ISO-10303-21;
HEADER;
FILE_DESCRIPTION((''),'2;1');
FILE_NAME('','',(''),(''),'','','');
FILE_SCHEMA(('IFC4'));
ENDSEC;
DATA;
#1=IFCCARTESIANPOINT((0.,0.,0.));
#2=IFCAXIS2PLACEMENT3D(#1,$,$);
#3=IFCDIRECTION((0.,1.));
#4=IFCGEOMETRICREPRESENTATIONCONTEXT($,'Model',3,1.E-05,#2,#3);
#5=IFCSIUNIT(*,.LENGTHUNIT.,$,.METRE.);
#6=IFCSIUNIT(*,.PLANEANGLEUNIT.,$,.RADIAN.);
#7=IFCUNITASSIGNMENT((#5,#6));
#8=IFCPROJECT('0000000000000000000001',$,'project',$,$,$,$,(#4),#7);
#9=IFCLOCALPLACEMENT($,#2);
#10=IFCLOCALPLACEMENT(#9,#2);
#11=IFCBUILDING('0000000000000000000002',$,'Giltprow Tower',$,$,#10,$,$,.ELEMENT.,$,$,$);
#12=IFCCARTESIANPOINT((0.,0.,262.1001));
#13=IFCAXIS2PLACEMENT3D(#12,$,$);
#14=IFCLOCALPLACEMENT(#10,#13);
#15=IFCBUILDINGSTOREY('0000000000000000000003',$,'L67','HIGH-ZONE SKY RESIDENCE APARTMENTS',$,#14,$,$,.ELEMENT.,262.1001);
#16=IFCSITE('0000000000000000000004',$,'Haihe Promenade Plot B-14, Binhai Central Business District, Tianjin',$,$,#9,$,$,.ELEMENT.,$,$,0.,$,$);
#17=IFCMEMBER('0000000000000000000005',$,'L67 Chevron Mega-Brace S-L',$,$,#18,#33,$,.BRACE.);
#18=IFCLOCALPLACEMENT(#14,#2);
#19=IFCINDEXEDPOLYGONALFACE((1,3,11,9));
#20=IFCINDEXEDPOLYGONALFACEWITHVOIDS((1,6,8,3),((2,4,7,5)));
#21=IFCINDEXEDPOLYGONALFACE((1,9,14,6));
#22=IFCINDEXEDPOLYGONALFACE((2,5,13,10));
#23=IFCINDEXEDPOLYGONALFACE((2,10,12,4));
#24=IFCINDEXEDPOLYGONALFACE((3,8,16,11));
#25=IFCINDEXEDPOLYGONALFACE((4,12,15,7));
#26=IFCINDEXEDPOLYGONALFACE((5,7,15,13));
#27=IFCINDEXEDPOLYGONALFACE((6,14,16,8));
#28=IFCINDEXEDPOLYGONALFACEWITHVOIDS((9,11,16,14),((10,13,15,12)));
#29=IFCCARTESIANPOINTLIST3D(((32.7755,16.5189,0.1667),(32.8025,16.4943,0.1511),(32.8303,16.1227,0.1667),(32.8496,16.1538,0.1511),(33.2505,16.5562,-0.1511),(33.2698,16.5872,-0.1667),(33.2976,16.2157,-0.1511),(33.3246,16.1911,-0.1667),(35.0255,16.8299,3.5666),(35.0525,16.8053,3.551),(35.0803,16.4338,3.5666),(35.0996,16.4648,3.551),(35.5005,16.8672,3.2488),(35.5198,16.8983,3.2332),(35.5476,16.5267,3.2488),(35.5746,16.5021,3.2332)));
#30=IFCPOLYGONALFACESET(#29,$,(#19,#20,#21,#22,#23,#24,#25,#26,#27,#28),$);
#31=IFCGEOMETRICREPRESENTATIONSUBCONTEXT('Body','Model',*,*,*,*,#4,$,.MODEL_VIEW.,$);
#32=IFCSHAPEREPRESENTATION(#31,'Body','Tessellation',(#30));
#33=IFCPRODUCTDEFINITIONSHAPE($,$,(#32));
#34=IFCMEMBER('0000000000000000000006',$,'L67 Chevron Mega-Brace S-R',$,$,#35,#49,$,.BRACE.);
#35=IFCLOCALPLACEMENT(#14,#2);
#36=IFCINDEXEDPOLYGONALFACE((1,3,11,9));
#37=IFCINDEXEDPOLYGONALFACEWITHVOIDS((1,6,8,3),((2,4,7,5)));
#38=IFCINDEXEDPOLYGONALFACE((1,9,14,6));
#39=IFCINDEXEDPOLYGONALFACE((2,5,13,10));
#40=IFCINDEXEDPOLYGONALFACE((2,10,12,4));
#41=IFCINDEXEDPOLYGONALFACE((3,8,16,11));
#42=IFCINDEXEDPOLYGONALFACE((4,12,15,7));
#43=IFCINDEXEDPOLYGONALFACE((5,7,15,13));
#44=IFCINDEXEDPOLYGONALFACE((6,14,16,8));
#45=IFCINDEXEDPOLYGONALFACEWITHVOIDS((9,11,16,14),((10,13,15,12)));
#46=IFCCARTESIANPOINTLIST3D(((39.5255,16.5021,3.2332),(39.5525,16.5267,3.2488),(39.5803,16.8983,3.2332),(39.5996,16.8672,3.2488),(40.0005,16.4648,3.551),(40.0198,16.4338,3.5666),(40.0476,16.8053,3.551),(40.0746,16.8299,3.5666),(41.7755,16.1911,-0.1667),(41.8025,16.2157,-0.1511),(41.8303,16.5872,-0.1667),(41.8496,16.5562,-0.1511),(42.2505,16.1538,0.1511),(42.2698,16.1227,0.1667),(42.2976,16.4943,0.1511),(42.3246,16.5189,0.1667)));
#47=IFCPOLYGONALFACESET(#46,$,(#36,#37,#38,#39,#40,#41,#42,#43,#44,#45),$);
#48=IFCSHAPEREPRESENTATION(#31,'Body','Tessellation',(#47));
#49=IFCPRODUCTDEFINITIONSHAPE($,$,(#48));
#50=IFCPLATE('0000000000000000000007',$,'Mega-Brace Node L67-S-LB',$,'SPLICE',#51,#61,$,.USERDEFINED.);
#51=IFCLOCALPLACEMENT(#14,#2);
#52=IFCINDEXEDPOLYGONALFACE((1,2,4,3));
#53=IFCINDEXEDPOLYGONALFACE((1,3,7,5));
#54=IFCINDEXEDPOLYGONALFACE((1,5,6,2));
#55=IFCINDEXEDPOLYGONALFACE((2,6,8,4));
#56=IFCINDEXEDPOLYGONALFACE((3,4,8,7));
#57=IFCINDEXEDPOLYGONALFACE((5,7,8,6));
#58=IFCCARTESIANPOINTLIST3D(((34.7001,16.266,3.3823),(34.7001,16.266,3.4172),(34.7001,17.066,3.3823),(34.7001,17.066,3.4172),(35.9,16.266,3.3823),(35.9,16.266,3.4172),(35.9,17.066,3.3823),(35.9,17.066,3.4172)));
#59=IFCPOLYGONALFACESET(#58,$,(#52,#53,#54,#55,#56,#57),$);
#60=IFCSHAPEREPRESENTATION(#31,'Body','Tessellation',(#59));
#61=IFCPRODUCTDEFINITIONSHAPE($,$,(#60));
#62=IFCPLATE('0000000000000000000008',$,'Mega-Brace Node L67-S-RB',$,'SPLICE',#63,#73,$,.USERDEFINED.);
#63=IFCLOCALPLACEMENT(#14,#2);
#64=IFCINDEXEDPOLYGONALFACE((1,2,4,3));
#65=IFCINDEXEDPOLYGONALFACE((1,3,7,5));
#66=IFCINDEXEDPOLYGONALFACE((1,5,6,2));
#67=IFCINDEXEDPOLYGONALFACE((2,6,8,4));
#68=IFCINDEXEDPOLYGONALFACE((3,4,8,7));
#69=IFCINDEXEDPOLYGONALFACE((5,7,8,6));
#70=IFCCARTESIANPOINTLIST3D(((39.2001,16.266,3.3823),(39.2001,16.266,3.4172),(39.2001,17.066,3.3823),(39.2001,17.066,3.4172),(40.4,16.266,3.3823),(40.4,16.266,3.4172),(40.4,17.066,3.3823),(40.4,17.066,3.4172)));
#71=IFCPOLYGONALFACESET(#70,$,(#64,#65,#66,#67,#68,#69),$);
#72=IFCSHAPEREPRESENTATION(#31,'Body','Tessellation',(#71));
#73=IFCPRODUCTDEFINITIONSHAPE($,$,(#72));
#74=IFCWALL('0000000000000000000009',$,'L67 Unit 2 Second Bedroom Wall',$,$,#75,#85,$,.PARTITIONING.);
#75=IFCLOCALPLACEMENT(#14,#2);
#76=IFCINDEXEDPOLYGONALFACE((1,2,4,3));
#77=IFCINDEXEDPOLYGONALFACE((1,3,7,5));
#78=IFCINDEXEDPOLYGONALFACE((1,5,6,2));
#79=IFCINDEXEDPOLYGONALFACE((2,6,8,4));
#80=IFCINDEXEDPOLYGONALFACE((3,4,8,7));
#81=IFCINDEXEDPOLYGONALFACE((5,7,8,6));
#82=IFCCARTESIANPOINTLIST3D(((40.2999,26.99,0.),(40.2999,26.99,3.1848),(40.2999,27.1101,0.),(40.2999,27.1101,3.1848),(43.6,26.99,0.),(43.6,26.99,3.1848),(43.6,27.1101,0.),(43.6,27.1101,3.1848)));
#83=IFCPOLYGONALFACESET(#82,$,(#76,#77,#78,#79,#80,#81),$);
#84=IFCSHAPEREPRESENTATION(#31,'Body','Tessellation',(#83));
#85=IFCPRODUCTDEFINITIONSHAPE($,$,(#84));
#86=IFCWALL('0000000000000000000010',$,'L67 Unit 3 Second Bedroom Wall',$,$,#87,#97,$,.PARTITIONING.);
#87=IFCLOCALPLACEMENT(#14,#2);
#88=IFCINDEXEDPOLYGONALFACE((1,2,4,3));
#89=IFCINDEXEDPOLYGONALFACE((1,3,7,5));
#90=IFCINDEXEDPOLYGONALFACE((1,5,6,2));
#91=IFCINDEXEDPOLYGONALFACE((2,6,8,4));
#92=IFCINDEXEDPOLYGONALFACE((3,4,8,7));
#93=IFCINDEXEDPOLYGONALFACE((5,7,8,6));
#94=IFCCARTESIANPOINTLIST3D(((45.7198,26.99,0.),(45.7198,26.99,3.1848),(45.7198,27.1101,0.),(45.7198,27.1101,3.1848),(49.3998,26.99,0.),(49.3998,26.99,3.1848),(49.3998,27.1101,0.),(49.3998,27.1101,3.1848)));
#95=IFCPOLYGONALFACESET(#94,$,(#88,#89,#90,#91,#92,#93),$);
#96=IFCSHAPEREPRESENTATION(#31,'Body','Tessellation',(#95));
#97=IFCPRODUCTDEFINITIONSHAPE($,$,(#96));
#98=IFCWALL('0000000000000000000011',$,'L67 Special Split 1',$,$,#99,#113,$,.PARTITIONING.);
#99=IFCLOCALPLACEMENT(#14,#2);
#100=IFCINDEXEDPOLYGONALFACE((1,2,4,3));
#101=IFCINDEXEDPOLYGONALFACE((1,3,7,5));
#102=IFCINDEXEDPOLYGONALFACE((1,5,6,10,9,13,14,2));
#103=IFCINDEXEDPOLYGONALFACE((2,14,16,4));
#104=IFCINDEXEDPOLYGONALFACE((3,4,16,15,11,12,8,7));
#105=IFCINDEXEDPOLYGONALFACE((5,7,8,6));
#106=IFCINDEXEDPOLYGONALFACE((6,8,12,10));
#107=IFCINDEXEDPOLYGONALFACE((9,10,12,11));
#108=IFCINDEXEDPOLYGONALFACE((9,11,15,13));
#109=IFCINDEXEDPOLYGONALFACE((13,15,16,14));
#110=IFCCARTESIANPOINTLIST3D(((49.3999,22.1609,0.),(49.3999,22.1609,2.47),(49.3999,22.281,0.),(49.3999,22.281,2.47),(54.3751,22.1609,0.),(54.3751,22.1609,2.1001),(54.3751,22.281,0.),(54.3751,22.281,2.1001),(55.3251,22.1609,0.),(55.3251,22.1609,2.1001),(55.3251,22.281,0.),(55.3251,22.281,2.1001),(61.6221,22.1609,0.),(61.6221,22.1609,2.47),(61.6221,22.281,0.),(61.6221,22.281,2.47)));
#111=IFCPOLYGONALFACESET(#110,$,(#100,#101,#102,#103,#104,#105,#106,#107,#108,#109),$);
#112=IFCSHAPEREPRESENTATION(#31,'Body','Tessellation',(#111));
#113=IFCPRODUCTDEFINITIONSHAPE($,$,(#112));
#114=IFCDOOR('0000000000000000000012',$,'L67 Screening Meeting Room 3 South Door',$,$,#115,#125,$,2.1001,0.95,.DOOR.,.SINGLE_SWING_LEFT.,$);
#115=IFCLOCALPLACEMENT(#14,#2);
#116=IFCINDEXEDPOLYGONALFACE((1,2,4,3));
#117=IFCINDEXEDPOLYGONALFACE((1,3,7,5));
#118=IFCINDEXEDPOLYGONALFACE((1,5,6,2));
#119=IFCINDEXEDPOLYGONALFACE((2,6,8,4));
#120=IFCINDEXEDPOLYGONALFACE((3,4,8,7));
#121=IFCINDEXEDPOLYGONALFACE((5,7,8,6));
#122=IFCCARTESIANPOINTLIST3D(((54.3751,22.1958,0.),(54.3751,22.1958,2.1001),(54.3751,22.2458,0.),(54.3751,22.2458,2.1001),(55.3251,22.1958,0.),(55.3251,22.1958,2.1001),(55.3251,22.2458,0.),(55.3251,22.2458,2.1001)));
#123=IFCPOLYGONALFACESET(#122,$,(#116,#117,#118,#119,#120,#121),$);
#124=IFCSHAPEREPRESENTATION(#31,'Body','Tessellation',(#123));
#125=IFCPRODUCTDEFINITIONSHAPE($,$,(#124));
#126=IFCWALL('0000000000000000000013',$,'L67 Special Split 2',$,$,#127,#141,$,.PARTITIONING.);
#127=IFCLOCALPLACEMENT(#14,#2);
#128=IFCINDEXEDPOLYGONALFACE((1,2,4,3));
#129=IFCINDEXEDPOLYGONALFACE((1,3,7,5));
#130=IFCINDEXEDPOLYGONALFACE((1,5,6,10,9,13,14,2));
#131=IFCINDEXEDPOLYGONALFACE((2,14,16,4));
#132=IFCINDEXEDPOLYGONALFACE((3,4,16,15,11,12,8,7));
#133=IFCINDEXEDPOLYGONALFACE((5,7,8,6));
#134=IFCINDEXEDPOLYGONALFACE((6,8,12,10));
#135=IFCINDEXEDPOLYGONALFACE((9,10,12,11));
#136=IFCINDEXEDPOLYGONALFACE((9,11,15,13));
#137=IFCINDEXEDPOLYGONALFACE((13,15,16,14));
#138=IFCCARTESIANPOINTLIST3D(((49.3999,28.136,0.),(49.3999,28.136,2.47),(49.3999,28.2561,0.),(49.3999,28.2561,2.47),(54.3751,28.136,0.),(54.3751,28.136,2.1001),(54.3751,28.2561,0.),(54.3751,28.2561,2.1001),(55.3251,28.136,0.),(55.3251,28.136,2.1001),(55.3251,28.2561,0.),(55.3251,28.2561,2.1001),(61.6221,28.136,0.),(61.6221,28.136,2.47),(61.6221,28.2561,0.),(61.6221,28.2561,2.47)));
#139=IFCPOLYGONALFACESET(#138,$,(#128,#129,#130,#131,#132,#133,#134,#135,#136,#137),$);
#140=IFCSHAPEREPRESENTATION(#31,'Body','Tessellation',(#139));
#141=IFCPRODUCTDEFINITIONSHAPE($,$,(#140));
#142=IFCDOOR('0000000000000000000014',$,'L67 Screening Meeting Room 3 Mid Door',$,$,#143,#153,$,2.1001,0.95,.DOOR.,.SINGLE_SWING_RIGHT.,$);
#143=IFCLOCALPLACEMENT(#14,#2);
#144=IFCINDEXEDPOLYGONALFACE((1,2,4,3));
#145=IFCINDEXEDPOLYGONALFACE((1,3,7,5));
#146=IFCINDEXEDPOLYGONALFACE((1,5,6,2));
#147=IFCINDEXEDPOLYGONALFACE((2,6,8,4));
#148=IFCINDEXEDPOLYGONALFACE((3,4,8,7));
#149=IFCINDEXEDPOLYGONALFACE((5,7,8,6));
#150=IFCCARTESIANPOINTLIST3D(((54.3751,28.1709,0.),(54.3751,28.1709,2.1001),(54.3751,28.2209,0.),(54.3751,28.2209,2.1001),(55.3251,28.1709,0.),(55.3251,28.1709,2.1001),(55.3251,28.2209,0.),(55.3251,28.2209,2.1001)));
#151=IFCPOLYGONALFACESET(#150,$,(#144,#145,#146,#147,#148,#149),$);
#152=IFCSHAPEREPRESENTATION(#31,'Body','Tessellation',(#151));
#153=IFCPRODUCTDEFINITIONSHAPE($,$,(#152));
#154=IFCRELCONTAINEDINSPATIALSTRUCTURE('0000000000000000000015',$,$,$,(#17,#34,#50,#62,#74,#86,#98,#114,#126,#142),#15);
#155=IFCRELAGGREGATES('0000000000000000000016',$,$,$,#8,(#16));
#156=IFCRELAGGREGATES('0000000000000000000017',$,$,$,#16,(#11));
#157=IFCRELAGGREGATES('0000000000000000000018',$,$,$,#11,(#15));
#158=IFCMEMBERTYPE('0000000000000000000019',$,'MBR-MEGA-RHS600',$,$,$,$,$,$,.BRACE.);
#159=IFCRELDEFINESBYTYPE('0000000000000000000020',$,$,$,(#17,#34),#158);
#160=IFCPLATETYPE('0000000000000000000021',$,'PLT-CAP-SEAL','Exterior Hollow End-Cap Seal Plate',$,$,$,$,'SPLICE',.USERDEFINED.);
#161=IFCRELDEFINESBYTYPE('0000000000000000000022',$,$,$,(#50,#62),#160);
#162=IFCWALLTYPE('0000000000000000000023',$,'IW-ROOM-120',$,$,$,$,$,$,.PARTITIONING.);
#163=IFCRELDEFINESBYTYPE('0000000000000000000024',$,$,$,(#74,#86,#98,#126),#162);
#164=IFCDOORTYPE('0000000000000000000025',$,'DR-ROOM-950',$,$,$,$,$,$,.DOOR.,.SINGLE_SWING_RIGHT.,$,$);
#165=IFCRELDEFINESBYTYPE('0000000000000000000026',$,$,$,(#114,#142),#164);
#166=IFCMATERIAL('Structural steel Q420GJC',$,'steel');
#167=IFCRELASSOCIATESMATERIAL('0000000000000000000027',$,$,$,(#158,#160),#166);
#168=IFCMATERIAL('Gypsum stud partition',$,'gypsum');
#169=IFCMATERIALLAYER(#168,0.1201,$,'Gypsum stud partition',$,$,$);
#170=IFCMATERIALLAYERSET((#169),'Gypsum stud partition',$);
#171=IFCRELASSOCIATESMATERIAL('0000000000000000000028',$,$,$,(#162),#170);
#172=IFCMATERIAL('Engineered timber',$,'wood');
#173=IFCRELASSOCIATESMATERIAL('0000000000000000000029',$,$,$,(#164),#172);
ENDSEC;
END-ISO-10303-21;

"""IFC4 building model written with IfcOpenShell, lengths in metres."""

from ifc_helpers import new_model, si_unit, direction, frame, frame_2d, origin, origin_2d, place, context, subcontext, project, spatial, rectangle, hollow_rectangle, extrude, source, transform, mapped, material, layer, layer_set, material_profile, profile_set, type_object, element, fill, save


model = new_model("IFC4")

# Units and contexts
model_context = context("Model", 3, precision=1e-05, world=origin(), true_north=direction((0.0, 1.0)))
body_context = subcontext(model_context, "Body", "Model", "MODEL_VIEW")
ifc_project = project(units=[si_unit("LENGTHUNIT", "METRE"), si_unit("PLANEANGLEUNIT", "RADIAN")], contexts=[model_context])

# Site, building, storey
site_placement = place(None, origin())
site = spatial("IfcSite", under=ifc_project, at=site_placement, Name="Haihe Promenade Plot B-14, Binhai Central Business District, Tianjin", CompositionType="ELEMENT", RefElevation=0.0)
building_placement = place(site_placement, origin())
building = spatial("IfcBuilding", under=site, at=building_placement, Name="Giltprow Tower", CompositionType="ELEMENT")
storey_placement = place(building_placement, frame((0.0, 0.0, 262.1001)))
storey = spatial("IfcBuildingStorey", under=building, at=storey_placement, Name="L67", Description="HIGH-ZONE SKY RESIDENCE APARTMENTS", CompositionType="ELEMENT", Elevation=262.1001)

# Members
ifc_material_1 = material(Name="Structural steel Q420GJC", Category="steel")
ifc_material_profile_1 = material_profile(ifc_material_1, hollow_rectangle(XDim=0.3999, YDim=0.6001, WallThickness=0.0281, at=origin_2d()), Name="RHS 600x400x28")
ifc_profile_set_1 = profile_set([ifc_material_profile_1], Name="Structural steel Q420GJC")
member_type = type_object("IfcMemberType", Name="MBR-MEGA-RHS600", PredefinedType="BRACE", material=ifc_profile_set_1)
shared_shape_1 = source(origin(), body_context, "Body", "SweptSolid", [
    extrude(hollow_rectangle(XDim=0.3999, YDim=0.6001, WallThickness=0.0281, at=origin_2d()), origin(), (0.0, 0.0, 1.0), 4.0889),
])
for number, where, z_axis, x_axis, name in (
    (1, (33.05, 16.355, 0.0), (0.550279, 0.076069, 0.831509), (-0.136936, 0.99058, 0.0), "L67 Chevron Mega-Brace S-L"),
    (2, (42.05, 16.355, 0.0), (-0.550279, 0.076069, 0.831509), (-0.136936, -0.99058, 0.0), "L67 Chevron Mega-Brace S-R"),
):
    element("IfcMember", number, at=place(storey_placement, frame(where, z_axis=z_axis, x_axis=x_axis)), inside=storey, type_object=member_type, Name=name, PredefinedType="BRACE", context=body_context, shape_type="MappedRepresentation", body=[
        mapped(shared_shape_1, transform((0.0, 0.0, 0.0), x_axis=(1.0, 0.0, 0.0), y_axis=(0.0, 1.0, 0.0), z_axis=(0.0, 0.0, 1.0), scale=1.0)),
    ])

# Plates
plate_type = type_object("IfcPlateType", Name="PLT-CAP-SEAL", Description="Exterior Hollow End-Cap Seal Plate", ElementType="SPLICE", PredefinedType="USERDEFINED", material=ifc_material_1)
shared_shape_2 = source(origin(), body_context, "Body", "SweptSolid", [
    extrude(rectangle(XDim=1.2, YDim=0.8, at=origin_2d()), origin(), (0.0, 0.0, 1.0), 0.0349),
])
for number, where, z_axis, x_axis, name in (
    (3, (35.3, 16.666, 3.3823), (0.0, 0.0, 1.0), (1.0, 0.0, 0.0), "Mega-Brace Node L67-S-LB"),
    (4, (39.8, 16.666, 3.3823), (0.0, 0.0, 1.0), (1.0, 0.0, 0.0), "Mega-Brace Node L67-S-RB"),
):
    element("IfcPlate", number, at=place(storey_placement, frame(where, z_axis=z_axis, x_axis=x_axis)), inside=storey, type_object=plate_type, Name=name, ObjectType="SPLICE", PredefinedType="USERDEFINED", context=body_context, shape_type="MappedRepresentation", body=[
        mapped(shared_shape_2, transform((0.0, 0.0, 0.0), x_axis=(1.0, 0.0, 0.0), y_axis=(0.0, 1.0, 0.0), z_axis=(0.0, 0.0, 1.0), scale=1.0)),
    ])

# Walls
ifc_material_2 = material(Name="Gypsum stud partition", Category="gypsum")
ifc_layer_1 = layer(ifc_material_2, 0.1201, Name="Gypsum stud partition")
ifc_layer_set_1 = layer_set([ifc_layer_1], Name="Gypsum stud partition")
wall_type_1 = type_object("IfcWallType", Name="IW-ROOM-120", PredefinedType="PARTITIONING", material=ifc_layer_set_1)
wall_1_placement = place(storey_placement, frame((40.3, 27.05, 0.0), z_axis=(0.0, 0.0, 1.0), x_axis=(1.0, 0.0, 0.0)))
element("IfcWall", 5, at=wall_1_placement, inside=storey, type_object=wall_type_1, Name="L67 Unit 2 Second Bedroom Wall", PredefinedType="PARTITIONING", context=body_context, shape_type="SweptSolid", body=[
    extrude(rectangle(XDim=3.3, YDim=0.1201, at=frame_2d((1.6499, 0.0))), origin(), (0.0, 0.0, 1.0), 3.1848),
])
wall_2_placement = place(storey_placement, frame((45.72, 27.05, 0.0), z_axis=(0.0, 0.0, 1.0), x_axis=(1.0, 0.0, 0.0)))
element("IfcWall", 6, at=wall_2_placement, inside=storey, type_object=wall_type_1, Name="L67 Unit 3 Second Bedroom Wall", PredefinedType="PARTITIONING", context=body_context, shape_type="SweptSolid", body=[
    extrude(rectangle(XDim=3.6799, YDim=0.1201, at=frame_2d((1.8398, 0.0))), origin(), (0.0, 0.0, 1.0), 3.1848),
])

# Walls, openings, doors
wall_3_placement = place(storey_placement, frame((49.3999, 22.2209, 0.0), z_axis=(0.0, 0.0, 1.0), x_axis=(1.0, 0.0, 0.0)))
wall_3 = element("IfcWall", 7, at=wall_3_placement, inside=storey, type_object=wall_type_1, Name="L67 Special Split 1", PredefinedType="PARTITIONING", context=body_context, shape_type="SweptSolid", body=[
    extrude(rectangle(XDim=12.2222, YDim=0.1201, at=frame_2d((6.1111, 0.0))), origin(), (0.0, 0.0, 1.0), 2.47),
])
opening_1_placement = place(wall_3_placement, frame((4.9751, 0.0, 0.0)))
opening_1 = element("IfcOpeningElement", 8, at=opening_1_placement, cuts=wall_3, PredefinedType="OPENING", context=body_context, shape_type="SweptSolid", body=[
    extrude(rectangle(XDim=0.95, YDim=2.1001, at=frame_2d((0.4751, 1.05))), frame((0.0, 0.0701, 0.0), z_axis=(0.0, -1.0, 0.0), x_axis=(1.0, 0.0, 0.0)), (0.0, 0.0, 1.0), 0.1401),
])
ifc_material_3 = material(Name="Engineered timber", Category="wood")
door_type = type_object("IfcDoorType", Name="DR-ROOM-950", OperationType="SINGLE_SWING_RIGHT", PredefinedType="DOOR", material=ifc_material_3)
shared_shape_3 = source(origin(), body_context, "Body", "SweptSolid", [
    extrude(rectangle(XDim=0.95, YDim=2.1001, at=frame_2d((0.4751, 1.05))), frame((0.0, 0.0249, 0.0), z_axis=(0.0, -1.0, 0.0), x_axis=(1.0, 0.0, 0.0)), (0.0, 0.0, 1.0), 0.05),
])
door_1_placement = place(opening_1_placement, origin())
door_1 = element("IfcDoor", 9, at=door_1_placement, inside=storey, type_object=door_type, Name="L67 Screening Meeting Room 3 South Door", OperationType="SINGLE_SWING_LEFT", OverallHeight=2.1001, OverallWidth=0.95, PredefinedType="DOOR", context=body_context, shape_type="MappedRepresentation", body=[
    mapped(shared_shape_3, transform((0.0, 0.0, 0.0), x_axis=(1.0, 0.0, 0.0), y_axis=(0.0, 1.0, 0.0), z_axis=(0.0, 0.0, 1.0), scale=1.0)),
])
fill(opening_1, door_1)
wall_4_placement = place(storey_placement, frame((49.3999, 28.196, 0.0), z_axis=(0.0, 0.0, 1.0), x_axis=(1.0, 0.0, 0.0)))
wall_4 = element("IfcWall", 10, at=wall_4_placement, inside=storey, type_object=wall_type_1, Name="L67 Special Split 2", PredefinedType="PARTITIONING", context=body_context, shape_type="SweptSolid", body=[
    extrude(rectangle(XDim=12.2222, YDim=0.1201, at=frame_2d((6.1111, 0.0))), origin(), (0.0, 0.0, 1.0), 2.47),
])
opening_2_placement = place(wall_4_placement, frame((4.9751, 0.0, 0.0)))
opening_2 = element("IfcOpeningElement", 11, at=opening_2_placement, cuts=wall_4, PredefinedType="OPENING", context=body_context, shape_type="SweptSolid", body=[
    extrude(rectangle(XDim=0.95, YDim=2.1001, at=frame_2d((0.4751, 1.05))), frame((0.0, 0.0701, 0.0), z_axis=(0.0, -1.0, 0.0), x_axis=(1.0, 0.0, 0.0)), (0.0, 0.0, 1.0), 0.1401),
])
door_2_placement = place(opening_2_placement, origin())
door_2 = element("IfcDoor", 12, at=door_2_placement, inside=storey, type_object=door_type, Name="L67 Screening Meeting Room 3 Mid Door", OperationType="SINGLE_SWING_RIGHT", OverallHeight=2.1001, OverallWidth=0.95, PredefinedType="DOOR", context=body_context, shape_type="MappedRepresentation", body=[
    mapped(shared_shape_3, transform((0.0, 0.0, 0.0), x_axis=(1.0, 0.0, 0.0), y_axis=(0.0, 1.0, 0.0), z_axis=(0.0, 0.0, 1.0), scale=1.0)),
])
fill(opening_2, door_2)

save(model, "model.ifc")
